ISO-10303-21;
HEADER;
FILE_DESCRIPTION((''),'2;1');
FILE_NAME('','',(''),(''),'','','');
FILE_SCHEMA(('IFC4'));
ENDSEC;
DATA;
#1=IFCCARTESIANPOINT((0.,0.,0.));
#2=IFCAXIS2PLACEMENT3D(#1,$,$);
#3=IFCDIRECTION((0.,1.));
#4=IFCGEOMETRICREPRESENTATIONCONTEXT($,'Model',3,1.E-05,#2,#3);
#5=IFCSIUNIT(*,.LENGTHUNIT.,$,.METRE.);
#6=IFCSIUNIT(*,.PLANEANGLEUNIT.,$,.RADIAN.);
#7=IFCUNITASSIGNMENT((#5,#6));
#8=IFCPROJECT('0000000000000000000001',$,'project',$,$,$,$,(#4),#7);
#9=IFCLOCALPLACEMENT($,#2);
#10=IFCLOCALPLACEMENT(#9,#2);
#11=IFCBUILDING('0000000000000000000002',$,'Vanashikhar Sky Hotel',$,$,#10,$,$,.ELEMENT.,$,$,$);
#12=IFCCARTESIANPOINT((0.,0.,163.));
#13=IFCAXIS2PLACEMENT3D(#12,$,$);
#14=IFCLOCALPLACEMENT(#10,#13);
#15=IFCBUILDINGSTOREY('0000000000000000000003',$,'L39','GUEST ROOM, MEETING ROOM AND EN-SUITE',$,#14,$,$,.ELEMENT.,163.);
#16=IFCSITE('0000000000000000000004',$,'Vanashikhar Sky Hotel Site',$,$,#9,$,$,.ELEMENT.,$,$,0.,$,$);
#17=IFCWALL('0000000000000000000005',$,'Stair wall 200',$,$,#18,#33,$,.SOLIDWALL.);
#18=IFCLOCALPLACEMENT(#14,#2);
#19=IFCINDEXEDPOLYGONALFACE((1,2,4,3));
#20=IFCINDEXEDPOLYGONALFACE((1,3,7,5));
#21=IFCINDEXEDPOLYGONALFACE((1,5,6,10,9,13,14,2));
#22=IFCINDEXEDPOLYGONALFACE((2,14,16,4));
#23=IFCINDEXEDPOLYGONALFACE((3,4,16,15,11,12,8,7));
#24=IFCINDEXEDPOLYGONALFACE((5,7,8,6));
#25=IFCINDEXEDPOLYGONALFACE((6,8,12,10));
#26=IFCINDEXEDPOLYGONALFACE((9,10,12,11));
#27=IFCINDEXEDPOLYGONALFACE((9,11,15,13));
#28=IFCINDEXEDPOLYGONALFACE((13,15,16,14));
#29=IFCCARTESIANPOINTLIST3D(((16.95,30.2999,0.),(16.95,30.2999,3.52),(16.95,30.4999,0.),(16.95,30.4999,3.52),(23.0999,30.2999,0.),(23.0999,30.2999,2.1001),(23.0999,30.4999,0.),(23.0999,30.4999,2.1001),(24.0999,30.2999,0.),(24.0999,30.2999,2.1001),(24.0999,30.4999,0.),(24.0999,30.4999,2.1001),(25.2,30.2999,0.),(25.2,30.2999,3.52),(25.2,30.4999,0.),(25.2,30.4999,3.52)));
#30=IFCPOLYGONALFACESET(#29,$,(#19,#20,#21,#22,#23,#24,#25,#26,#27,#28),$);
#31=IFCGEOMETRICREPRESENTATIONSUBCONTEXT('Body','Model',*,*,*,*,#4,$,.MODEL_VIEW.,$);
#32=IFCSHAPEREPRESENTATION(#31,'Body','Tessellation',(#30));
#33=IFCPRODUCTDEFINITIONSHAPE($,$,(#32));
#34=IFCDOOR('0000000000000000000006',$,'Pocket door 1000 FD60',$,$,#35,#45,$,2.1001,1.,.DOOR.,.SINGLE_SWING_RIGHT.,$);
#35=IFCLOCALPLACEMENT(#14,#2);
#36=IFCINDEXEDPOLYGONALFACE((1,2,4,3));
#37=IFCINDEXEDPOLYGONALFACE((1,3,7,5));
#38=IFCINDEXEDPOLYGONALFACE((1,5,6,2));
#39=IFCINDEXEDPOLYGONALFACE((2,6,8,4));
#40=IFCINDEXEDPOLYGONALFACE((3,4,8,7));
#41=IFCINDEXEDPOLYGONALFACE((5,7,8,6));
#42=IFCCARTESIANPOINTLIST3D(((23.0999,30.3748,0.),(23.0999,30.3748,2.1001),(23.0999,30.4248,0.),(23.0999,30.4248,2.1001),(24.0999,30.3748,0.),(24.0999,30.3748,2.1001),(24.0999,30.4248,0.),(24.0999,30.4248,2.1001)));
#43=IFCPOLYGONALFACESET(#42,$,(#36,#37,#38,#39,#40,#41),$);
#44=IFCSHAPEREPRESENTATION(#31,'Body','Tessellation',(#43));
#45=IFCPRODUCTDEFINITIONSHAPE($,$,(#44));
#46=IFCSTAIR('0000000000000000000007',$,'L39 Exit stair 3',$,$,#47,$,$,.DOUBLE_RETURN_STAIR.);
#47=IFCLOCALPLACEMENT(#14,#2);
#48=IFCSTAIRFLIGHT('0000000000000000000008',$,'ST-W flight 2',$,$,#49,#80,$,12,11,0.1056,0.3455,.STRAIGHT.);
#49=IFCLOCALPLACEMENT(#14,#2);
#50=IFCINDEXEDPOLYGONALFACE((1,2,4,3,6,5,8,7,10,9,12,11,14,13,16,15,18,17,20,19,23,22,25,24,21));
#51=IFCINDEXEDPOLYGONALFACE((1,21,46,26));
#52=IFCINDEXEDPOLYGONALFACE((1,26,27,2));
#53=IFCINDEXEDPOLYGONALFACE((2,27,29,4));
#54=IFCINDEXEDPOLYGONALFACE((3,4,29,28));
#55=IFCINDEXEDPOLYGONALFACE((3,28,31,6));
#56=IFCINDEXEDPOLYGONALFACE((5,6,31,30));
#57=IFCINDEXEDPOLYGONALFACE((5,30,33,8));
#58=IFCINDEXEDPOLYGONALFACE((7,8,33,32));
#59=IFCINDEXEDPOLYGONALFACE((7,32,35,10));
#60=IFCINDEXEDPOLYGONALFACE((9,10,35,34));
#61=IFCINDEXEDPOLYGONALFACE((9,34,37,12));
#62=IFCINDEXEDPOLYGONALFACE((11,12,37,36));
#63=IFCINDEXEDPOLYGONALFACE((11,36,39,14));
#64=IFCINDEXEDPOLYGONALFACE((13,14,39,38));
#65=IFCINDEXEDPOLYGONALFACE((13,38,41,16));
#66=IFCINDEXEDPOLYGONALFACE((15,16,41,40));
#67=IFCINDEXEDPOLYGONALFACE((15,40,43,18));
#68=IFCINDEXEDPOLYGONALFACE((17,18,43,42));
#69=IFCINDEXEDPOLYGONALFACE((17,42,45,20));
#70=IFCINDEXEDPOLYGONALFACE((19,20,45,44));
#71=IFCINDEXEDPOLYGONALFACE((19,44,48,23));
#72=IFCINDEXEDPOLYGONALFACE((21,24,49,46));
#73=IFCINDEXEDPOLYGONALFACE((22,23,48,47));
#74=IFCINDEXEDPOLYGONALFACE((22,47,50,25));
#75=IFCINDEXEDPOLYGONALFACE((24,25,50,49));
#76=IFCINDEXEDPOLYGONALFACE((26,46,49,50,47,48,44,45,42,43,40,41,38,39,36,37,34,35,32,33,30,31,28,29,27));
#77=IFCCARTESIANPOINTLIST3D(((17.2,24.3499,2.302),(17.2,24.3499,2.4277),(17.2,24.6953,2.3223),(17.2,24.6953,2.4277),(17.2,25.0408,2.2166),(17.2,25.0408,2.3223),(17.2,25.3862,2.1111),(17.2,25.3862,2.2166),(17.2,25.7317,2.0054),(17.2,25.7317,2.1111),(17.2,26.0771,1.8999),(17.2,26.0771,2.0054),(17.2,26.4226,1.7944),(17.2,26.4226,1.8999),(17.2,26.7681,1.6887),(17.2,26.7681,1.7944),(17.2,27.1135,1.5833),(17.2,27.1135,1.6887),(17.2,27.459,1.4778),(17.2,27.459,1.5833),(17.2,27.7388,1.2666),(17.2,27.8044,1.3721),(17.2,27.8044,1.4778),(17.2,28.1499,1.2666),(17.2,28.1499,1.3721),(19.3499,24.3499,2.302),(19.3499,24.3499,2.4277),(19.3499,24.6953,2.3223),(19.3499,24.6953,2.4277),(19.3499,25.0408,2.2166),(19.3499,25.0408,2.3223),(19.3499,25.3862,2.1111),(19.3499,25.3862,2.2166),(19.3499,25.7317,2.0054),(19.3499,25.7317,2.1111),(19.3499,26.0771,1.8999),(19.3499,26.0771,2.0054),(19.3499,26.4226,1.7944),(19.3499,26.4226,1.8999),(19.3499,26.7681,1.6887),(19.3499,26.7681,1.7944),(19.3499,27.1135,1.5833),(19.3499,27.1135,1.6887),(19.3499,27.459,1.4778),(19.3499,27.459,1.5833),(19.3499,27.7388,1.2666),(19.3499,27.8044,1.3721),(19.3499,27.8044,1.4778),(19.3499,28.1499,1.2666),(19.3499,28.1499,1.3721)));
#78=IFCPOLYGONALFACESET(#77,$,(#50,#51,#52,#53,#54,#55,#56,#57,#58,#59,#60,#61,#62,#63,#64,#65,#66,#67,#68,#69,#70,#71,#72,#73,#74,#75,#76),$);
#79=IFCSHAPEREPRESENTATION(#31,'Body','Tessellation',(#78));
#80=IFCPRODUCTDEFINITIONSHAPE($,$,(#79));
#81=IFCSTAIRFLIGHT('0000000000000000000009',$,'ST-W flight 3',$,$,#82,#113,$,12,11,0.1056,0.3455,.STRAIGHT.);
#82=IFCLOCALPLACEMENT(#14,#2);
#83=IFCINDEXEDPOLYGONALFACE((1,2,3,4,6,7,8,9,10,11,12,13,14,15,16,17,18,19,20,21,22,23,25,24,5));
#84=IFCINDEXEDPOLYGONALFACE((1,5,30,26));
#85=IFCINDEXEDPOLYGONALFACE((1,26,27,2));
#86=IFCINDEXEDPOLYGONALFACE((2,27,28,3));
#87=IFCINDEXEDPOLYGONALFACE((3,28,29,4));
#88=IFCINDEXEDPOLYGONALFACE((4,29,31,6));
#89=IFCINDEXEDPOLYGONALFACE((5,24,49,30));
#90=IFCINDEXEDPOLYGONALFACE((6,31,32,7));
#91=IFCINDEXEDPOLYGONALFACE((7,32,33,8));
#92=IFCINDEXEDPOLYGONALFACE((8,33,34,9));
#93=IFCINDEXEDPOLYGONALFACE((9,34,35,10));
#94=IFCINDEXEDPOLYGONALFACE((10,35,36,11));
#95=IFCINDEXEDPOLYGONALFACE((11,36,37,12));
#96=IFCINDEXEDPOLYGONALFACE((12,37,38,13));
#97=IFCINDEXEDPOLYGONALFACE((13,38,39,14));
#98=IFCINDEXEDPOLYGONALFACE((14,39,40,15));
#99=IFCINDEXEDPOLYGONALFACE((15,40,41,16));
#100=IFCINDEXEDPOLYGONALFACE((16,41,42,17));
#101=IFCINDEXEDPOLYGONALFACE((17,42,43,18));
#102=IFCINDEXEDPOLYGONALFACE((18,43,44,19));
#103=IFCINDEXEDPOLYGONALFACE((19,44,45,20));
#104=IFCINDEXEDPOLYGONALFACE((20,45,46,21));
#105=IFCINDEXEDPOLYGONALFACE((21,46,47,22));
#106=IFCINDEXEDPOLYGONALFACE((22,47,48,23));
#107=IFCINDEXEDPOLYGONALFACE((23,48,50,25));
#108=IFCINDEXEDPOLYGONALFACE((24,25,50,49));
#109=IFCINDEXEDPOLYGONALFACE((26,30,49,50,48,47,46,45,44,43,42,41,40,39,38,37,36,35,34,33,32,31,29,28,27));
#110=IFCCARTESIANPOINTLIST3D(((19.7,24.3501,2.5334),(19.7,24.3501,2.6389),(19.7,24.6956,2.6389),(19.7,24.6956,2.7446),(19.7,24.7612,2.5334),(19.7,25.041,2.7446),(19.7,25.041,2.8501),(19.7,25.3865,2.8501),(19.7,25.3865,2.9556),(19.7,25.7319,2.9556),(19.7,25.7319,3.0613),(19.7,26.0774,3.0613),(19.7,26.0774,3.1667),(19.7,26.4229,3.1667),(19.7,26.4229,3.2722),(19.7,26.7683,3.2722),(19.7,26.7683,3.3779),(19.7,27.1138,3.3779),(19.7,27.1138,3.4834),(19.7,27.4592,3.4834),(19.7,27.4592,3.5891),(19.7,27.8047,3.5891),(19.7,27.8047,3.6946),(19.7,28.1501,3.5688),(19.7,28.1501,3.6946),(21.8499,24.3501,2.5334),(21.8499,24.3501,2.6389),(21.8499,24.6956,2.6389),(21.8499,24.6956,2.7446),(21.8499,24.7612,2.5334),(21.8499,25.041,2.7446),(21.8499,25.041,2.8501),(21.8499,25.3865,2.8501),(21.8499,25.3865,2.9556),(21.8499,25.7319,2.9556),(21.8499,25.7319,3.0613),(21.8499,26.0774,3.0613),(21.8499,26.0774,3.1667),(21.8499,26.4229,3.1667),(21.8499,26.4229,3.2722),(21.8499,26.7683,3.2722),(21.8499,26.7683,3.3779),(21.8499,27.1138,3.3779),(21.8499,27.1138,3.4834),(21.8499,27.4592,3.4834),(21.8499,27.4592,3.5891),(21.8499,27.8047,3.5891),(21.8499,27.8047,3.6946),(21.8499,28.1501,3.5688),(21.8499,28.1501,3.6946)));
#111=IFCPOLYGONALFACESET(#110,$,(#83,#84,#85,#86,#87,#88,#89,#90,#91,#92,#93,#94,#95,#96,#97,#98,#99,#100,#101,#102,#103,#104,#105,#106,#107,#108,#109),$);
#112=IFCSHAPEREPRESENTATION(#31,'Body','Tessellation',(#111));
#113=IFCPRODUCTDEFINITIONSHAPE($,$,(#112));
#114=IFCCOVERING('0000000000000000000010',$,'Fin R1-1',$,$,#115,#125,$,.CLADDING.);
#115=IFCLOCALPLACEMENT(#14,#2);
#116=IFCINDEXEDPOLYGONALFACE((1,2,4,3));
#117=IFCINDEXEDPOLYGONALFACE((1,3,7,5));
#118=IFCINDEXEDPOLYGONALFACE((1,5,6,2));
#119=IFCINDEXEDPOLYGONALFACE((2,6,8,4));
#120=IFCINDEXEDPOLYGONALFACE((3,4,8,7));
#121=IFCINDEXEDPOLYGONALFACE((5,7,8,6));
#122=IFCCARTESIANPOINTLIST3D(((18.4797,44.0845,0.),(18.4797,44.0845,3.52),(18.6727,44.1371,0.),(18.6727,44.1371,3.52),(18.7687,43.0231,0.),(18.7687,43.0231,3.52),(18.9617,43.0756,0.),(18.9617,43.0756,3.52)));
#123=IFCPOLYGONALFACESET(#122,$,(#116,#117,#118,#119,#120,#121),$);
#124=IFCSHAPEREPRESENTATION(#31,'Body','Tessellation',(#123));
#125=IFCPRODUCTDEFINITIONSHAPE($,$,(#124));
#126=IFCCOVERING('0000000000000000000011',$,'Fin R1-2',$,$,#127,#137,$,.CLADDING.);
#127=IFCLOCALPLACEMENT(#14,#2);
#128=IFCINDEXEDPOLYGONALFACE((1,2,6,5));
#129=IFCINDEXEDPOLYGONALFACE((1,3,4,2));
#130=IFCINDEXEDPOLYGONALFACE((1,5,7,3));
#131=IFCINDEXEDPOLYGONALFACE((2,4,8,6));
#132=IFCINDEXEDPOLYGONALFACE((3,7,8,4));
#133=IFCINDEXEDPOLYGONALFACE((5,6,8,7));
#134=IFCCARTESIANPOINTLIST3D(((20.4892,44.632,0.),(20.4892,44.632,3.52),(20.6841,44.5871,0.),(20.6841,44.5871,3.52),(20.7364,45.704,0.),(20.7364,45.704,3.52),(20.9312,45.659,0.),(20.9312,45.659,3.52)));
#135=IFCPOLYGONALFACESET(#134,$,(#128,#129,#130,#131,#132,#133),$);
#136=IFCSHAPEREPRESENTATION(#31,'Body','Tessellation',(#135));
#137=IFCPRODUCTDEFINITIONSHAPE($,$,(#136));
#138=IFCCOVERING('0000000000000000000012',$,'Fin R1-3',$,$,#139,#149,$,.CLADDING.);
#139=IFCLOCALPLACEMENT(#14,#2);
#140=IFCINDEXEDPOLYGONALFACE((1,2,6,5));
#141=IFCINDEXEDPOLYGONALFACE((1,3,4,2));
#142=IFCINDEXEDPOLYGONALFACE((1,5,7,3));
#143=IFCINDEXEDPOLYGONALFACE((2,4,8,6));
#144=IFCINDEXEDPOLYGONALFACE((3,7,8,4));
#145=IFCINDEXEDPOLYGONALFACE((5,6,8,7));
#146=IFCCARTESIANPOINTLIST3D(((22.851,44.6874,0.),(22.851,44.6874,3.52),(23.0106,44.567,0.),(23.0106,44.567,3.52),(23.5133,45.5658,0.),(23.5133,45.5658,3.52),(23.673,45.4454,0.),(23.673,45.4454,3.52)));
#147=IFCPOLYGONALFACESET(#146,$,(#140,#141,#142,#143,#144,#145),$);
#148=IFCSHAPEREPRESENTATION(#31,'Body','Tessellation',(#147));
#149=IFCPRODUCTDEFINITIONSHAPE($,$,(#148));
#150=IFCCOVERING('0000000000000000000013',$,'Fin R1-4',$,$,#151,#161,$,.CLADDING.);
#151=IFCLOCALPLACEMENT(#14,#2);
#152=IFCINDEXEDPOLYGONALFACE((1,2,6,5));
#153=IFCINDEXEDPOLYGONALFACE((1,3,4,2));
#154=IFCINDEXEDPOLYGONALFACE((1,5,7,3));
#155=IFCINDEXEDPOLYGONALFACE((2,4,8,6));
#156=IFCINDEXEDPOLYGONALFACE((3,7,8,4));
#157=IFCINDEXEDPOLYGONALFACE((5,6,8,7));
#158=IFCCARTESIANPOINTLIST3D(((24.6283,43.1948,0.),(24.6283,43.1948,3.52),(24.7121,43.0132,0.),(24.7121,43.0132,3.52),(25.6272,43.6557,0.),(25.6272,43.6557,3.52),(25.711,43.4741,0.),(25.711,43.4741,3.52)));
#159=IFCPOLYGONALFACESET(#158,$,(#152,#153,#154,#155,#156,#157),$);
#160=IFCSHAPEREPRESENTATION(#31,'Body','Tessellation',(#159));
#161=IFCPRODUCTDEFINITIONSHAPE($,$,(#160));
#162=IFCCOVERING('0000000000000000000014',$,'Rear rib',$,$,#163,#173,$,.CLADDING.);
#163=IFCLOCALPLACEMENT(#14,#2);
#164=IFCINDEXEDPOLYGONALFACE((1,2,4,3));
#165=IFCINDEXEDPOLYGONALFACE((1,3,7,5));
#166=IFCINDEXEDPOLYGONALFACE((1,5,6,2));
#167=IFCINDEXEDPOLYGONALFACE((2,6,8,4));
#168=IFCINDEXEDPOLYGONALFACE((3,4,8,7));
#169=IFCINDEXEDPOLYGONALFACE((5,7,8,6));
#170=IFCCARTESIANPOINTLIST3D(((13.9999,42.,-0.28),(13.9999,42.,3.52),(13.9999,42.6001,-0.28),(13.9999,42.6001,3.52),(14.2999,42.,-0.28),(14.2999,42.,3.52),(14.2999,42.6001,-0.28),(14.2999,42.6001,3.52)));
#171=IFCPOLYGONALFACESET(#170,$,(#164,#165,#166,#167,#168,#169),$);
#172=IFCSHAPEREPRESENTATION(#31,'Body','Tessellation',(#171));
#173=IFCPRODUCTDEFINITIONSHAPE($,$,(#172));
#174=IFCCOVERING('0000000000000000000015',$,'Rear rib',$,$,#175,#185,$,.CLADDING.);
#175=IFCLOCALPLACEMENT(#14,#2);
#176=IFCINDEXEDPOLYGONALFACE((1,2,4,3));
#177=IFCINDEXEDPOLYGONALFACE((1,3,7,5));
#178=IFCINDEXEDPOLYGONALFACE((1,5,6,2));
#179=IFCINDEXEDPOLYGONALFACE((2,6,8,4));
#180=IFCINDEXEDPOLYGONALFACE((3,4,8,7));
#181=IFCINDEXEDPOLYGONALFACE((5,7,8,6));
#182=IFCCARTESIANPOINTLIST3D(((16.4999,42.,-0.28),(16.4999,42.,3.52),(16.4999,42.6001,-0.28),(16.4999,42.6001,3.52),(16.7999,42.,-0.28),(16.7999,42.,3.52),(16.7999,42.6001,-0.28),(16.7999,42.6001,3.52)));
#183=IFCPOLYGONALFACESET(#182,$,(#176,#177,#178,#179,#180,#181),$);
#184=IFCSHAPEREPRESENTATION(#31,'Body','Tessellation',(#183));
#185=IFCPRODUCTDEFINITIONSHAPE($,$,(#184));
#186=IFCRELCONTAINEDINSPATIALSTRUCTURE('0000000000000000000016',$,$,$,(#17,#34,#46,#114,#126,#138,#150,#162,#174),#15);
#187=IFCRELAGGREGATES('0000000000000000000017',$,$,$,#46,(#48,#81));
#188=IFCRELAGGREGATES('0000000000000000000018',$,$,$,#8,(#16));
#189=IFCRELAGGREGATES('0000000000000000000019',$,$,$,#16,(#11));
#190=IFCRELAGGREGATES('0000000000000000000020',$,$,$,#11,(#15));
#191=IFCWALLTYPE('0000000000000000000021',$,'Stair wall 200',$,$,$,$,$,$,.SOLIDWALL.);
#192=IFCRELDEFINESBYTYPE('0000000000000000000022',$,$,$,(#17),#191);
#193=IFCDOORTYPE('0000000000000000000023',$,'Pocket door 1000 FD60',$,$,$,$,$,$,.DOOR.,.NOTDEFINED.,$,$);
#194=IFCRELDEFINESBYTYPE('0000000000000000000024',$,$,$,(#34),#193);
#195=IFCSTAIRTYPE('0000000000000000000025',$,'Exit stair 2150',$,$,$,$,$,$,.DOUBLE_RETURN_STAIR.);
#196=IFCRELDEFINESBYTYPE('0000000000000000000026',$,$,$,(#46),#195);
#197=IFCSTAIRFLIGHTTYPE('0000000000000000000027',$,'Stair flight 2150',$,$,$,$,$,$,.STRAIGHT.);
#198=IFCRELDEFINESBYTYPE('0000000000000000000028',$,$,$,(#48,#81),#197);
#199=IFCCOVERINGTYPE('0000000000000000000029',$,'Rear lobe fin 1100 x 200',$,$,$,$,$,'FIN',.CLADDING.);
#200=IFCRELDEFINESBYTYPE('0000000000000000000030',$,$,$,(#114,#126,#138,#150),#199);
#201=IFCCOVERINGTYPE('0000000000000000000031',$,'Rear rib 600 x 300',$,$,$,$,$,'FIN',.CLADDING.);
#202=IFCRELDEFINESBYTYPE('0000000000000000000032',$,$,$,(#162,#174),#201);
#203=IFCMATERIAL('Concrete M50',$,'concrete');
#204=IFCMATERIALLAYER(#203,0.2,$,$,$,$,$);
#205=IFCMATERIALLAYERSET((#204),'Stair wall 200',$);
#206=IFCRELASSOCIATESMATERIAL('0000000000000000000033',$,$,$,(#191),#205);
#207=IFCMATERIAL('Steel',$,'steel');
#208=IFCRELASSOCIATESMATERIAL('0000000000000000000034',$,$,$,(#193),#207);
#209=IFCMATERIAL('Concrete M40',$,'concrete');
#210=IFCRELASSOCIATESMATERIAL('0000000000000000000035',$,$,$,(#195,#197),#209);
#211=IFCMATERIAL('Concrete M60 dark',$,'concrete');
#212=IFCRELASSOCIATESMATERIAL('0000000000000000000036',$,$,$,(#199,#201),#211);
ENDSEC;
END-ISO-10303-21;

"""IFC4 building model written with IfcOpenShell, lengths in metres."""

from ifc_helpers import new_model, si_unit, direction, frame, frame_2d, origin, origin_2d, place, context, subcontext, project, spatial, polyline, rectangle, outline, extrude, source, transform, mapped, material, layer, layer_set, material_profile, profile_set, type_object, element, fill, aggregate, save


model = new_model("IFC4")

# Units and contexts
model_context = context("Model", 3, precision=1e-05, world=origin(), true_north=direction((0.0, 1.0)))
body_context = subcontext(model_context, "Body", "Model", "MODEL_VIEW")
ifc_project = project(units=[si_unit("LENGTHUNIT", "METRE"), si_unit("PLANEANGLEUNIT", "RADIAN")], contexts=[model_context])

# Site, building, storey
site_placement = place(None, origin())
site = spatial("IfcSite", under=ifc_project, at=site_placement, Name="Vanashikhar Sky Hotel Site", CompositionType="ELEMENT", RefElevation=0.0)
building_placement = place(site_placement, origin())
building = spatial("IfcBuilding", under=site, at=building_placement, Name="Vanashikhar Sky Hotel", CompositionType="ELEMENT")
storey_placement = place(building_placement, frame((0.0, 0.0, 163.0)))
storey = spatial("IfcBuildingStorey", under=building, at=storey_placement, Name="L39", Description="GUEST ROOM, MEETING ROOM AND EN-SUITE", CompositionType="ELEMENT", Elevation=163.0)

# Shared definitions
ifc_material_1 = material(Name="Concrete M50", Category="concrete")

# Wall, opening, door
ifc_layer_1 = layer(ifc_material_1, 0.2)
ifc_layer_set_1 = layer_set([ifc_layer_1], Name="Stair wall 200")
wall_type_1 = type_object("IfcWallType", Name="Stair wall 200", PredefinedType="SOLIDWALL", material=ifc_layer_set_1)
shared_shape_1 = source(origin(), body_context, "Body", "SweptSolid", [
    extrude(rectangle(XDim=8.25, YDim=0.2, at=frame_2d((4.125, 0.0))), origin(), (0.0, 0.0, 1.0), 3.52),
])
wall_1_placement = place(storey_placement, frame((16.95, 30.3999, 0.0), z_axis=(0.0, 0.0, 1.0), x_axis=(1.0, 0.0, 0.0)))
wall_1 = element("IfcWall", 1, at=wall_1_placement, inside=storey, type_object=wall_type_1, Name="Stair wall 200", PredefinedType="SOLIDWALL", context=body_context, shape_type="MappedRepresentation", body=[
    mapped(shared_shape_1, transform((0.0, 0.0, 0.0), scale=1.0)),
])
shared_shape_2 = source(origin(), body_context, "Body", "SweptSolid", [
    extrude(rectangle(XDim=1.0, YDim=2.1001, at=frame_2d((0.5, 1.05))), frame((0.0, 0.1099, 0.0), z_axis=(0.0, -1.0, 0.0), x_axis=(1.0, 0.0, 0.0)), (0.0, 0.0, 1.0), 0.22),
])
opening_1_placement = place(wall_1_placement, frame((6.1499, 0.0, 0.0)))
opening_1 = element("IfcOpeningElement", 2, at=opening_1_placement, cuts=wall_1, PredefinedType="OPENING", context=body_context, shape_type="MappedRepresentation", body=[
    mapped(shared_shape_2, transform((0.0, 0.0, 0.0), scale=1.0)),
])
ifc_material_2 = material(Name="Steel", Category="steel")
door_type = type_object("IfcDoorType", Name="Pocket door 1000 FD60", OperationType="NOTDEFINED", PredefinedType="DOOR", material=ifc_material_2)
shared_shape_3 = source(origin(), body_context, "Body", "SweptSolid", [
    extrude(rectangle(XDim=1.0, YDim=2.1001, at=frame_2d((0.5, 1.05))), frame((0.0, 0.0249, 0.0), z_axis=(0.0, -1.0, 0.0), x_axis=(1.0, 0.0, 0.0)), (0.0, 0.0, 1.0), 0.05),
])
door_placement = place(opening_1_placement, origin())
door = element("IfcDoor", 3, at=door_placement, inside=storey, type_object=door_type, Name="Pocket door 1000 FD60", OperationType="SINGLE_SWING_RIGHT", OverallHeight=2.1001, OverallWidth=1.0, PredefinedType="DOOR", context=body_context, shape_type="MappedRepresentation", body=[
    mapped(shared_shape_3, transform((0.0, 0.0, 0.0), scale=1.0)),
])
fill(opening_1, door)

# Stair, stair flights
ifc_material_3 = material(Name="Concrete M40", Category="concrete")
stair_type = type_object("IfcStairType", Name="Exit stair 2150", PredefinedType="DOUBLE_RETURN_STAIR", material=ifc_material_3)
stair_placement = place(storey_placement, origin())
stair = element("IfcStair", 4, at=stair_placement, inside=storey, type_object=stair_type, Name="L39 Exit stair 3", PredefinedType="DOUBLE_RETURN_STAIR")
stair_flight_type = type_object("IfcStairFlightType", Name="Stair flight 2150", PredefinedType="STRAIGHT", material=ifc_material_3)
shared_shape_4 = source(origin(), body_context, "Body", "SweptSolid", [
    extrude(outline(polyline([(0.0, 0.0), (0.0, 0.1055), (0.3455, 0.1055), (0.3455, 0.2112), (0.6909, 0.2112), (0.6909, 0.3167), (1.0364, 0.3167), (1.0364, 0.4221), (1.3818, 0.4221), (1.3818, 0.5278), (1.7273, 0.5278), (1.7273, 0.6333), (2.0728, 0.6333), (2.0728, 0.7388), (2.4182, 0.7388), (2.4182, 0.8445), (2.7637, 0.8445), (2.7637, 0.95), (3.1091, 0.95), (3.1091, 1.0557), (3.4546, 1.0557), (3.4546, 1.1611), (3.8, 1.1611), (3.8, 1.2666), (3.8, 1.0354), (0.4111, 0.0), (0.0, 0.0)])), frame((0.0, 1.075, 0.0), z_axis=(0.0, -1.0, 0.0), x_axis=(1.0, 0.0, 0.0)), (0.0, 0.0, 1.0), 2.1499),
])
stair_flight_1_placement = place(storey_placement, frame((18.2749, 28.1499, 1.2666), z_axis=(0.0, 0.0, 1.0), x_axis=(0.0, -1.0, 0.0)))
stair_flight_1 = element("IfcStairFlight", 5, at=stair_flight_1_placement, type_object=stair_flight_type, Name="ST-W flight 2", NumberOfRisers=12, NumberOfTreads=11, PredefinedType="STRAIGHT", RiserHeight=0.1056, TreadLength=0.3455, context=body_context, shape_type="MappedRepresentation", body=[
    mapped(shared_shape_4, transform((0.0, 0.0, 0.0), scale=1.0)),
])
stair_flight_2_placement = place(storey_placement, frame((20.7749, 24.3501, 2.5334), z_axis=(0.0, 0.0, 1.0), x_axis=(0.0, 1.0, 0.0)))
stair_flight_2 = element("IfcStairFlight", 6, at=stair_flight_2_placement, type_object=stair_flight_type, Name="ST-W flight 3", NumberOfRisers=12, NumberOfTreads=11, PredefinedType="STRAIGHT", RiserHeight=0.1056, TreadLength=0.3455, context=body_context, shape_type="MappedRepresentation", body=[
    mapped(shared_shape_4, transform((0.0, 0.0, 0.0), scale=1.0)),
])
aggregate(stair, [stair_flight_1, stair_flight_2])

# Coverings
ifc_material_4 = material(Name="Concrete M60 dark", Category="concrete")
ifc_material_profile_1 = material_profile(ifc_material_4, rectangle(XDim=1.1001, YDim=0.2, at=origin_2d()))
ifc_profile_set_1 = profile_set([ifc_material_profile_1], Name="Rear lobe fin 1100 x 200")
covering_type_1 = type_object("IfcCoveringType", Name="Rear lobe fin 1100 x 200", ElementType="FIN", PredefinedType="CLADDING", material=ifc_profile_set_1)
shared_shape_5 = source(origin(), body_context, "Body", "SweptSolid", [
    extrude(rectangle(XDim=1.1001, YDim=0.2, at=origin_2d()), origin(), (0.0, 0.0, 1.0), 3.52),
])
for number, where, z_axis, x_axis, name in (
    (7, (18.7207, 43.5801, 0.0), (0.0, 0.0, 1.0), (-0.262711, 0.964874, 0.0), "Fin R1-1"),
    (8, (20.7102, 45.1455, 0.0), (0.0, 0.0, 1.0), (0.224645, 0.974441, 0.0), "Fin R1-2"),
    (9, (23.262, 45.0664, 0.0), (0.0, 0.0, 1.0), (0.602066, 0.798446, 0.0), "Fin R1-3"),
    (10, (25.1697, 43.3345, 0.0), (0.0, 0.0, 1.0), (0.908004, 0.418961, 0.0), "Fin R1-4"),
):
    element("IfcCovering", number, at=place(storey_placement, frame(where, z_axis=z_axis, x_axis=x_axis)), inside=storey, type_object=covering_type_1, Name=name, PredefinedType="CLADDING", context=body_context, shape_type="MappedRepresentation", body=[
        mapped(shared_shape_5, transform((0.0, 0.0, 0.0), scale=1.0)),
    ])
ifc_material_profile_2 = material_profile(ifc_material_4, rectangle(XDim=0.6001, YDim=0.3, at=origin_2d()))
ifc_profile_set_2 = profile_set([ifc_material_profile_2], Name="Rear rib 600 x 300")
covering_type_2 = type_object("IfcCoveringType", Name="Rear rib 600 x 300", ElementType="FIN", PredefinedType="CLADDING", material=ifc_profile_set_2)
shared_shape_6 = source(origin(), body_context, "Body", "SweptSolid", [
    extrude(rectangle(XDim=0.6001, YDim=0.3, at=origin_2d()), origin(), (0.0, 0.0, 1.0), 3.8),
])
for number, where, z_axis, x_axis, name in (
    (11, (14.1499, 42.3, -0.28), (0.0, 0.0, 1.0), (0.0, 1.0, 0.0), "Rear rib"),
    (12, (16.6499, 42.3, -0.28), (0.0, 0.0, 1.0), (0.0, 1.0, 0.0), "Rear rib"),
):
    element("IfcCovering", number, at=place(storey_placement, frame(where, z_axis=z_axis, x_axis=x_axis)), inside=storey, type_object=covering_type_2, Name=name, PredefinedType="CLADDING", context=body_context, shape_type="MappedRepresentation", body=[
        mapped(shared_shape_6, transform((0.0, 0.0, 0.0), scale=1.0)),
    ])

save(model, "model.ifc")
